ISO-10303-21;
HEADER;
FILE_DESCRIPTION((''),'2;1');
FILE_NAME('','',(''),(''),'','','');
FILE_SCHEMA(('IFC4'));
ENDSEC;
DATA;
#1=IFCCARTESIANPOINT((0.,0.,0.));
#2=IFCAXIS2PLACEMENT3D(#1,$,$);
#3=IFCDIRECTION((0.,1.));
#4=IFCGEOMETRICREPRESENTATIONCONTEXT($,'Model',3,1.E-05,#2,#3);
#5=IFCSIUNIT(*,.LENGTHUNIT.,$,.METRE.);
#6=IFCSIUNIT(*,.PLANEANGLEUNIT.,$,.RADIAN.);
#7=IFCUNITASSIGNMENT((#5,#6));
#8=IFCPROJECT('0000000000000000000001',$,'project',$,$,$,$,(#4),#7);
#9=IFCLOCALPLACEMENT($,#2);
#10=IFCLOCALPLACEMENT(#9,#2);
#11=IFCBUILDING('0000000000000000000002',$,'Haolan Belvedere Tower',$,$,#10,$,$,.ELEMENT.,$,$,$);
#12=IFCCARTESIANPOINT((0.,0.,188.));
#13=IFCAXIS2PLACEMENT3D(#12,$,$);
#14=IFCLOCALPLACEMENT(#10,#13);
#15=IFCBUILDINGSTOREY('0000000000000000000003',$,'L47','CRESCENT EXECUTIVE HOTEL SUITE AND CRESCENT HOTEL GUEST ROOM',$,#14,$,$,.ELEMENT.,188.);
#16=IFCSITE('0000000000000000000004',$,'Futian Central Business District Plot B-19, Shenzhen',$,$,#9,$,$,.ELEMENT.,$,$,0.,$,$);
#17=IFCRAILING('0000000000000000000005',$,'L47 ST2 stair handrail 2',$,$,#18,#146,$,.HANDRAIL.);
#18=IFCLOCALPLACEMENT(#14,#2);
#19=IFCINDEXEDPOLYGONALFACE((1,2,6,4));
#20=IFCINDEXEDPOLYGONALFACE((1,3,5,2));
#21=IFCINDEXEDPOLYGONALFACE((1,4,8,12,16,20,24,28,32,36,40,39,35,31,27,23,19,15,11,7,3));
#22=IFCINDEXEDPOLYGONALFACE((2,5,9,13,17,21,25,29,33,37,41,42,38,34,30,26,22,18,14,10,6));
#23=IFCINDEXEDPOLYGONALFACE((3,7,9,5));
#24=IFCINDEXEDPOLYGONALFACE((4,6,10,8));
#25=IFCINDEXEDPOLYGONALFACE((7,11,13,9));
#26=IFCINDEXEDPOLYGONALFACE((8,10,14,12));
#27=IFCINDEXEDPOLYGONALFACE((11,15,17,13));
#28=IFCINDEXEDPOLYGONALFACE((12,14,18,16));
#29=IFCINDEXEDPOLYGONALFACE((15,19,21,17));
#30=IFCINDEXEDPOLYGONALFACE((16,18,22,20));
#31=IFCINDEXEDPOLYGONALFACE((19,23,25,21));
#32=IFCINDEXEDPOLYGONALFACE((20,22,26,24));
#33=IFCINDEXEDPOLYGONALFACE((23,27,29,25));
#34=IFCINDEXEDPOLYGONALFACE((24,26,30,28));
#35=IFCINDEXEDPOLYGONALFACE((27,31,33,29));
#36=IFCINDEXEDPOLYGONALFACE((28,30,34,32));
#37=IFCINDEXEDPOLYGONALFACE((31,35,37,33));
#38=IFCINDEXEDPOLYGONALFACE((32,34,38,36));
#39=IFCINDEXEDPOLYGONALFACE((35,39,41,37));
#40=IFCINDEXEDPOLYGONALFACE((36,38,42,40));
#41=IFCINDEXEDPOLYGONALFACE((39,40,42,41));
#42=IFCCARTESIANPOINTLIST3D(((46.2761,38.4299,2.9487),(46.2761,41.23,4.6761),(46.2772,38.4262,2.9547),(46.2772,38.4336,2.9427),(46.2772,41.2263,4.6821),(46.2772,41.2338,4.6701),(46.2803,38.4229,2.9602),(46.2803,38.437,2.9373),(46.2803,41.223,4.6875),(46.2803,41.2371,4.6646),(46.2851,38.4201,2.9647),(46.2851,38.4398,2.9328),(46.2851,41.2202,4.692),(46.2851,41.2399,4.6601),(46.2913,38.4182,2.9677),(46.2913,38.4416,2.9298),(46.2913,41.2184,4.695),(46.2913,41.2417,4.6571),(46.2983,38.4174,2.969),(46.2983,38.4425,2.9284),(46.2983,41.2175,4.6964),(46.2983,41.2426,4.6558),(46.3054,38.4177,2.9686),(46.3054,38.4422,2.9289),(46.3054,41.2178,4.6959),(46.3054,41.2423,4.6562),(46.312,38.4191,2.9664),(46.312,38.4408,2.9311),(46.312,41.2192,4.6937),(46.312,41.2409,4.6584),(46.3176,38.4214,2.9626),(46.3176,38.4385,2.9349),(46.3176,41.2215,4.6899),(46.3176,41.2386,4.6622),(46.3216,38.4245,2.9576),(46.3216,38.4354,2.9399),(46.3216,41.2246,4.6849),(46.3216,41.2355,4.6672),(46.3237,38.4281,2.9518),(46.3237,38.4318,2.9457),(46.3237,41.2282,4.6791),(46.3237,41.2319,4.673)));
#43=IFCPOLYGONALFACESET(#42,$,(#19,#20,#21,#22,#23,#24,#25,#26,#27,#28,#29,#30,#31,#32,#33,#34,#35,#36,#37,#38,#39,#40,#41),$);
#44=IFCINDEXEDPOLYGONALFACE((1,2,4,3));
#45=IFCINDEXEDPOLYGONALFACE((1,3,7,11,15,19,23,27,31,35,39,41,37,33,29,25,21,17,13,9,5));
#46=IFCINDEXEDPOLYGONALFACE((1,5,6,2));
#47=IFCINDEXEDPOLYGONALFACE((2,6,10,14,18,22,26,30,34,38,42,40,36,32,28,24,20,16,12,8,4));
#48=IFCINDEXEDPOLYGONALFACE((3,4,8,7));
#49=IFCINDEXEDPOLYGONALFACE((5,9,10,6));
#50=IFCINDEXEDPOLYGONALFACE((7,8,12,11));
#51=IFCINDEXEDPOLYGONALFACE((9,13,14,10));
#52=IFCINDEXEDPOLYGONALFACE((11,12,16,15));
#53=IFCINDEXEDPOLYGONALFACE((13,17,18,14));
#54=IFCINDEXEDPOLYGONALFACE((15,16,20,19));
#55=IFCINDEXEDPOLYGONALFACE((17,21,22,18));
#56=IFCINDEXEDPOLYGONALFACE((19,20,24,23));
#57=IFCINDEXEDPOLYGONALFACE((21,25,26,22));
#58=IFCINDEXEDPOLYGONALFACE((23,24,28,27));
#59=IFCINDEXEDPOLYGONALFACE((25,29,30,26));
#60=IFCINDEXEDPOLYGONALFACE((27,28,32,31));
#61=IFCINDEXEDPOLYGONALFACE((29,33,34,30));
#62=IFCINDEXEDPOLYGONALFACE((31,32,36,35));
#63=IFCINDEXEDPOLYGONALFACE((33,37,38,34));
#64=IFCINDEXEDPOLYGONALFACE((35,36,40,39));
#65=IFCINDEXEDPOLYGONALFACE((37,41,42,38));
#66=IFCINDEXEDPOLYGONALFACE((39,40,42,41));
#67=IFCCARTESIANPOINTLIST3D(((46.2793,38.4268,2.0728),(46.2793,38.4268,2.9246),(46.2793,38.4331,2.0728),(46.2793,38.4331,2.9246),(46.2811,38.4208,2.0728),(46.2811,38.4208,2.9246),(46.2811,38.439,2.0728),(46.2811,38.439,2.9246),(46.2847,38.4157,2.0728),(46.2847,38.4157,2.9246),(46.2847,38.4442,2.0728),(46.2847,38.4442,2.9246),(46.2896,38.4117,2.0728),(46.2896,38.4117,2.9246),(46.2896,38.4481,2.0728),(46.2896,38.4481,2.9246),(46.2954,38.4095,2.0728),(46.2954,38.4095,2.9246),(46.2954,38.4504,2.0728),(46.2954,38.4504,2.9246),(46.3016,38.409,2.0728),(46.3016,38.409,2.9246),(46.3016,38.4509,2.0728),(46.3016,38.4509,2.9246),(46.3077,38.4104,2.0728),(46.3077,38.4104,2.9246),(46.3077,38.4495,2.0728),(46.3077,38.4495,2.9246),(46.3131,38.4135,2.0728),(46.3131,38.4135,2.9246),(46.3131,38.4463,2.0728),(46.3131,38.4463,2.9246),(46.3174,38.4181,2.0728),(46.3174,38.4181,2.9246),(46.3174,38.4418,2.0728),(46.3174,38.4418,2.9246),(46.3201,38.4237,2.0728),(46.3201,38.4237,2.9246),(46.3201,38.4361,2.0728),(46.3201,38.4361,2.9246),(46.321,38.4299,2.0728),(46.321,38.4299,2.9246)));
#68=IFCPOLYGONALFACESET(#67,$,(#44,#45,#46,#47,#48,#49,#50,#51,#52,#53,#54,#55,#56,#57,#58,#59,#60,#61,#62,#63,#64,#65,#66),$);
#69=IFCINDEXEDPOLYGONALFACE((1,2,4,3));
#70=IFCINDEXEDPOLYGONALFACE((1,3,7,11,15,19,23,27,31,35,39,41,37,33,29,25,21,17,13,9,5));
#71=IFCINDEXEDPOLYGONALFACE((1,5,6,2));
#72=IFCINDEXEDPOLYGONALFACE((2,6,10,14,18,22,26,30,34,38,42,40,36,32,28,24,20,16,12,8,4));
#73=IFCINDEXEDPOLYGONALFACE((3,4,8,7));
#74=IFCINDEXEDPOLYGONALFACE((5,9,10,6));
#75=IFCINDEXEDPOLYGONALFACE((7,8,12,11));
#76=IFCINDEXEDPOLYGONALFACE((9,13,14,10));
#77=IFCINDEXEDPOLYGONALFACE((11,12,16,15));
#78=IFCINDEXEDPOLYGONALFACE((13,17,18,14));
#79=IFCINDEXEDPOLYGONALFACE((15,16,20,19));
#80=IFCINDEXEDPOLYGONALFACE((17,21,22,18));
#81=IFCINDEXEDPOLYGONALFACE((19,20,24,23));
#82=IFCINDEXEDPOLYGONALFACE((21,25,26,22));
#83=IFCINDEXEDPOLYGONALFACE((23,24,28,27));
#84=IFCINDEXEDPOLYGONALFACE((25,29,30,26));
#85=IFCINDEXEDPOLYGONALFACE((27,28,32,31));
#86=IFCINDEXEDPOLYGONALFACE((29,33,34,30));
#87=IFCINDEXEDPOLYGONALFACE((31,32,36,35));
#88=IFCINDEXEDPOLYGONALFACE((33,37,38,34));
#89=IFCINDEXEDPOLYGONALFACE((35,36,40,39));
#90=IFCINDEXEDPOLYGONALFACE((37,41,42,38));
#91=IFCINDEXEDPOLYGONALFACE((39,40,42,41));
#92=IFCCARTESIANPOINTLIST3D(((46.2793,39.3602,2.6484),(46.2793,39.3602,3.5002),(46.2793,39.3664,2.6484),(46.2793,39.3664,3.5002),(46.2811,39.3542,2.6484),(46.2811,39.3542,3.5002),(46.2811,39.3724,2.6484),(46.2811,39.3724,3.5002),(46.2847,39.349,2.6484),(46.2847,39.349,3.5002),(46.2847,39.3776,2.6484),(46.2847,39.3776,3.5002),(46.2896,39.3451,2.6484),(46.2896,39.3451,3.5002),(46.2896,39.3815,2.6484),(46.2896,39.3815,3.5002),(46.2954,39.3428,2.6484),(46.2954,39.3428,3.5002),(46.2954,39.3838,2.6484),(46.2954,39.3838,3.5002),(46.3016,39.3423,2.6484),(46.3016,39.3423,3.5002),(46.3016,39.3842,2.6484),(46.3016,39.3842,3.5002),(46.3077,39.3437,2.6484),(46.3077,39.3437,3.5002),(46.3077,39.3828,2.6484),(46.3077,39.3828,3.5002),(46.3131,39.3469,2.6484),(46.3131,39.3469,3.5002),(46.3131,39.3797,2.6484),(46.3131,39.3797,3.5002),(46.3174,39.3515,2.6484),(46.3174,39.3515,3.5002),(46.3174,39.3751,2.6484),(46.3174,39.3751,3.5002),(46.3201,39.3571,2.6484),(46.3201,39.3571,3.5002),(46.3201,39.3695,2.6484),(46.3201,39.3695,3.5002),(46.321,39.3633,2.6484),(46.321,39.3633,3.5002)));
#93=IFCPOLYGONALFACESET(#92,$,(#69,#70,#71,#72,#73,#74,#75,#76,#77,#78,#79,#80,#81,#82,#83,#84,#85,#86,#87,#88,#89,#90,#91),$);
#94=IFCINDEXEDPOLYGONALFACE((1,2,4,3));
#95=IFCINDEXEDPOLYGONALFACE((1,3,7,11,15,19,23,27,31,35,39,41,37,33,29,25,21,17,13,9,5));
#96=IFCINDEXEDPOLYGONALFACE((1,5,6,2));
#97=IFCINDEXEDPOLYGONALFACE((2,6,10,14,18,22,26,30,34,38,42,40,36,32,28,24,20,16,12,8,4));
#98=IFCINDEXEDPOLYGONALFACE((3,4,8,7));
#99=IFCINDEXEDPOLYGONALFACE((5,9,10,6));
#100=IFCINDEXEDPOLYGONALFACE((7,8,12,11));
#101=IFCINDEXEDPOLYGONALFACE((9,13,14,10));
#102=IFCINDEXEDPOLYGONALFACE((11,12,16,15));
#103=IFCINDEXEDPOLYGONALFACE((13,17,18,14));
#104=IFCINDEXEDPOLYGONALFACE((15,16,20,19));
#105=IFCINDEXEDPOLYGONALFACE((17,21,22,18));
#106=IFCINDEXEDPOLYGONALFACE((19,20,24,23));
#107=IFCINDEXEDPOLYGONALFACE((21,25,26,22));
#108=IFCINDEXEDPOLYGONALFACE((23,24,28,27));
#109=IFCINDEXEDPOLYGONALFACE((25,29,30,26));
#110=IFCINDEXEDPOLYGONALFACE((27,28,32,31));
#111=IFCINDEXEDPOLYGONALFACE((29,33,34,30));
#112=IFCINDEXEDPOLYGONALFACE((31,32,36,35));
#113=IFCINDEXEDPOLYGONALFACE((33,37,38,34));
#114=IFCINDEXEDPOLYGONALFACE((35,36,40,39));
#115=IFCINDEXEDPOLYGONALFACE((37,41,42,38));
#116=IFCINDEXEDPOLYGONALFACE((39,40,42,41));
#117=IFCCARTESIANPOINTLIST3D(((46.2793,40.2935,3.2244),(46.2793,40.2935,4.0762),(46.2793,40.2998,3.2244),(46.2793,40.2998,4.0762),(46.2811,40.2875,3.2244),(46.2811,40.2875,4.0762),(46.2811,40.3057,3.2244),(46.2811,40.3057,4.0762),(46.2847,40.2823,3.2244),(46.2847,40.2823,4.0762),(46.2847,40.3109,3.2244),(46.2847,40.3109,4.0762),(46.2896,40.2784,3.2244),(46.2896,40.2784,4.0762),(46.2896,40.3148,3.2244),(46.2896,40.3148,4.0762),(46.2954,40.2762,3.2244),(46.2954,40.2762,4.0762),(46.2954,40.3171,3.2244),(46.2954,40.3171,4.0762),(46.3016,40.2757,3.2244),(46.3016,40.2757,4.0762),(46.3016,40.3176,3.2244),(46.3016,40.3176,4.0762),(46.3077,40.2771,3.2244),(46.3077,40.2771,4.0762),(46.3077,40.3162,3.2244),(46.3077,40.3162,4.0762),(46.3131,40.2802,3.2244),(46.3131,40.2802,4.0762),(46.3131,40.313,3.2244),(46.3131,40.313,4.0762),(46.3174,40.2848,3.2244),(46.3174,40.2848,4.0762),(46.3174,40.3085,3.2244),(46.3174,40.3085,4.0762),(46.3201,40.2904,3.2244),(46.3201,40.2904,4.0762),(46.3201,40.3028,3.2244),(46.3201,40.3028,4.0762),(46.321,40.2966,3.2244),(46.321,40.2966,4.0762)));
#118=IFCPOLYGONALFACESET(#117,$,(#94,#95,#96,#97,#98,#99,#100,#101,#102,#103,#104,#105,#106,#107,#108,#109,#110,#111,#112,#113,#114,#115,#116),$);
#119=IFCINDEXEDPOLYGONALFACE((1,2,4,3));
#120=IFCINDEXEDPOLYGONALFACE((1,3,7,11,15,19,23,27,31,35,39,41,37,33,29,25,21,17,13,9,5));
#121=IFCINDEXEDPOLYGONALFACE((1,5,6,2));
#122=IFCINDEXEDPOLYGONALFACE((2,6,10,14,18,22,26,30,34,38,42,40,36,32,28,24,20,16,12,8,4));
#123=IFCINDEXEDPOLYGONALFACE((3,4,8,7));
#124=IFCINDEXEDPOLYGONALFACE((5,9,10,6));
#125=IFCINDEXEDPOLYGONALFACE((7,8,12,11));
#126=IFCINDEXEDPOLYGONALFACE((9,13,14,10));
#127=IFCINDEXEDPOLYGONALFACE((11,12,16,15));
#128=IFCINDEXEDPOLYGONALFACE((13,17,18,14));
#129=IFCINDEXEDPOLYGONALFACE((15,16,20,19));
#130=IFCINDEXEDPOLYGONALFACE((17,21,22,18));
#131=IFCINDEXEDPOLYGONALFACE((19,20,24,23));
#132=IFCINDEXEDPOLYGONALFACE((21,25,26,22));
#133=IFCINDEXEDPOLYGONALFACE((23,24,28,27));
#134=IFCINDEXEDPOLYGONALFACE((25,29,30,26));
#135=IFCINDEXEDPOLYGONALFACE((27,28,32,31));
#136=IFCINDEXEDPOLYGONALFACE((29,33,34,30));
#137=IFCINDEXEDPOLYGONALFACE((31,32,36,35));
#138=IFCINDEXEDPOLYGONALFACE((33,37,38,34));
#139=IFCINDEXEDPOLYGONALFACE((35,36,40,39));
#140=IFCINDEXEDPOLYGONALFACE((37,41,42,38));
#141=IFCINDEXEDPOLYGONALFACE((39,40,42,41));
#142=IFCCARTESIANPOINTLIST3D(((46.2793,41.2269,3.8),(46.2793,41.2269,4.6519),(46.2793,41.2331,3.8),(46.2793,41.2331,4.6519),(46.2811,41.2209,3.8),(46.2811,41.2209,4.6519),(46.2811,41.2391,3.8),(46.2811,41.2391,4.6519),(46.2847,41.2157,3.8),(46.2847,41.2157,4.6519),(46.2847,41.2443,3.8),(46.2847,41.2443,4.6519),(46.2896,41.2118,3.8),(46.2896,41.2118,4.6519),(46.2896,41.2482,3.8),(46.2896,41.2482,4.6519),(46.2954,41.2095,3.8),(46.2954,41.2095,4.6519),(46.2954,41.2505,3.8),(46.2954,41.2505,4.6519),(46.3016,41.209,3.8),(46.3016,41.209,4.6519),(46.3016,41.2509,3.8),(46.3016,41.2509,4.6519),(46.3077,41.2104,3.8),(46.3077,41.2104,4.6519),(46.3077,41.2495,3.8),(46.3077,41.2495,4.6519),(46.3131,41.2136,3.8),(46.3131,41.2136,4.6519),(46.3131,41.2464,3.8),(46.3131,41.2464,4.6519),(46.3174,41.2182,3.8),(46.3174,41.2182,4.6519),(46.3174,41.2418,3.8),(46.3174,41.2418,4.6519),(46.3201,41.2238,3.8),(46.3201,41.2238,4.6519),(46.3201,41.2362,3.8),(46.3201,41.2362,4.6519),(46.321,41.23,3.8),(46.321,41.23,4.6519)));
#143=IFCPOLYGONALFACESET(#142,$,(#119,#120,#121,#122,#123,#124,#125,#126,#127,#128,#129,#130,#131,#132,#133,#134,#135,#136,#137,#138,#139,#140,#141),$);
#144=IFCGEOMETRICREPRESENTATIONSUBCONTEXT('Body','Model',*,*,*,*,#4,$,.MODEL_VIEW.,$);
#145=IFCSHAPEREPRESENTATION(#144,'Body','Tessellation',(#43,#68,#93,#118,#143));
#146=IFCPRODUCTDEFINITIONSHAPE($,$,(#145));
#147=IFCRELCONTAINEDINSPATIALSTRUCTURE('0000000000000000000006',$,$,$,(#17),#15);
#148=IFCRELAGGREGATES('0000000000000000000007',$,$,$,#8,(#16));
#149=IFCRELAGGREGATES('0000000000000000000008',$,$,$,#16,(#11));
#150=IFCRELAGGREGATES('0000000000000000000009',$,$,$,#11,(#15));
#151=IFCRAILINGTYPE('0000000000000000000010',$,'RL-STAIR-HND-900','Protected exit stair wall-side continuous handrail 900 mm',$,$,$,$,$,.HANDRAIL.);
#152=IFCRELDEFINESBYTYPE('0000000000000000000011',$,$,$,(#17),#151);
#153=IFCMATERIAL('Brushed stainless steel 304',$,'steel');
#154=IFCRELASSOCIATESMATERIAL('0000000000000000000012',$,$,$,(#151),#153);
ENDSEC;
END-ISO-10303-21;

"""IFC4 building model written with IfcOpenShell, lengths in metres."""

from ifc_helpers import new_model, si_unit, direction, frame, origin, origin_2d, place, context, subcontext, project, spatial, circle, extrude, material, type_object, element, save


model = new_model("IFC4")

# Units and contexts
model_context = context("Model", 3, precision=1e-05, world=origin(), true_north=direction((0.0, 1.0)))
body_context = subcontext(model_context, "Body", "Model", "MODEL_VIEW")
ifc_project = project(units=[si_unit("LENGTHUNIT", "METRE"), si_unit("PLANEANGLEUNIT", "RADIAN")], contexts=[model_context])

# Site, building, storey
site_placement = place(None, origin())
site = spatial("IfcSite", under=ifc_project, at=site_placement, Name="Futian Central Business District Plot B-19, Shenzhen", CompositionType="ELEMENT", RefElevation=0.0)
building_placement = place(site_placement, origin())
building = spatial("IfcBuilding", under=site, at=building_placement, Name="Haolan Belvedere Tower", CompositionType="ELEMENT")
storey_placement = place(building_placement, frame((0.0, 0.0, 188.0)))
storey = spatial("IfcBuildingStorey", under=building, at=storey_placement, Name="L47", Description="CRESCENT EXECUTIVE HOTEL SUITE AND CRESCENT HOTEL GUEST ROOM", CompositionType="ELEMENT", Elevation=188.0)

# Railing
ifc_material_1 = material(Name="Brushed stainless steel 304", Category="steel")
railing_type_1 = type_object("IfcRailingType", Name="RL-STAIR-HND-900", Description="Protected exit stair wall-side continuous handrail 900 mm", PredefinedType="HANDRAIL", material=ifc_material_1)
railing_1_placement = place(storey_placement, frame((46.3, 38.4299, 2.0728)))
element("IfcRailing", 1, at=railing_1_placement, inside=storey, type_object=railing_type_1, Name="L47 ST2 stair handrail 2", PredefinedType="HANDRAIL", context=body_context, shape_type="SweptSolid", body=[
    extrude(circle(Radius=0.0239, at=origin_2d()), frame((0.0, 0.0, 0.876), z_axis=(0.0, 0.85109, 0.52502), x_axis=(-1.0, 0.0, 0.0)), (0.0, 0.0, 1.0), 3.29),
    extrude(circle(Radius=0.021, at=origin_2d()), origin(), (0.0, 0.0, 1.0), 0.8518),
    extrude(circle(Radius=0.021, at=origin_2d()), frame((0.0, 0.9333, 0.5757)), (0.0, 0.0, 1.0), 0.8518),
    extrude(circle(Radius=0.021, at=origin_2d()), frame((0.0, 1.8667, 1.1516)), (0.0, 0.0, 1.0), 0.8518),
    extrude(circle(Radius=0.021, at=origin_2d()), frame((0.0, 2.8, 1.7273)), (0.0, 0.0, 1.0), 0.8518),
])

save(model, "model.ifc")
